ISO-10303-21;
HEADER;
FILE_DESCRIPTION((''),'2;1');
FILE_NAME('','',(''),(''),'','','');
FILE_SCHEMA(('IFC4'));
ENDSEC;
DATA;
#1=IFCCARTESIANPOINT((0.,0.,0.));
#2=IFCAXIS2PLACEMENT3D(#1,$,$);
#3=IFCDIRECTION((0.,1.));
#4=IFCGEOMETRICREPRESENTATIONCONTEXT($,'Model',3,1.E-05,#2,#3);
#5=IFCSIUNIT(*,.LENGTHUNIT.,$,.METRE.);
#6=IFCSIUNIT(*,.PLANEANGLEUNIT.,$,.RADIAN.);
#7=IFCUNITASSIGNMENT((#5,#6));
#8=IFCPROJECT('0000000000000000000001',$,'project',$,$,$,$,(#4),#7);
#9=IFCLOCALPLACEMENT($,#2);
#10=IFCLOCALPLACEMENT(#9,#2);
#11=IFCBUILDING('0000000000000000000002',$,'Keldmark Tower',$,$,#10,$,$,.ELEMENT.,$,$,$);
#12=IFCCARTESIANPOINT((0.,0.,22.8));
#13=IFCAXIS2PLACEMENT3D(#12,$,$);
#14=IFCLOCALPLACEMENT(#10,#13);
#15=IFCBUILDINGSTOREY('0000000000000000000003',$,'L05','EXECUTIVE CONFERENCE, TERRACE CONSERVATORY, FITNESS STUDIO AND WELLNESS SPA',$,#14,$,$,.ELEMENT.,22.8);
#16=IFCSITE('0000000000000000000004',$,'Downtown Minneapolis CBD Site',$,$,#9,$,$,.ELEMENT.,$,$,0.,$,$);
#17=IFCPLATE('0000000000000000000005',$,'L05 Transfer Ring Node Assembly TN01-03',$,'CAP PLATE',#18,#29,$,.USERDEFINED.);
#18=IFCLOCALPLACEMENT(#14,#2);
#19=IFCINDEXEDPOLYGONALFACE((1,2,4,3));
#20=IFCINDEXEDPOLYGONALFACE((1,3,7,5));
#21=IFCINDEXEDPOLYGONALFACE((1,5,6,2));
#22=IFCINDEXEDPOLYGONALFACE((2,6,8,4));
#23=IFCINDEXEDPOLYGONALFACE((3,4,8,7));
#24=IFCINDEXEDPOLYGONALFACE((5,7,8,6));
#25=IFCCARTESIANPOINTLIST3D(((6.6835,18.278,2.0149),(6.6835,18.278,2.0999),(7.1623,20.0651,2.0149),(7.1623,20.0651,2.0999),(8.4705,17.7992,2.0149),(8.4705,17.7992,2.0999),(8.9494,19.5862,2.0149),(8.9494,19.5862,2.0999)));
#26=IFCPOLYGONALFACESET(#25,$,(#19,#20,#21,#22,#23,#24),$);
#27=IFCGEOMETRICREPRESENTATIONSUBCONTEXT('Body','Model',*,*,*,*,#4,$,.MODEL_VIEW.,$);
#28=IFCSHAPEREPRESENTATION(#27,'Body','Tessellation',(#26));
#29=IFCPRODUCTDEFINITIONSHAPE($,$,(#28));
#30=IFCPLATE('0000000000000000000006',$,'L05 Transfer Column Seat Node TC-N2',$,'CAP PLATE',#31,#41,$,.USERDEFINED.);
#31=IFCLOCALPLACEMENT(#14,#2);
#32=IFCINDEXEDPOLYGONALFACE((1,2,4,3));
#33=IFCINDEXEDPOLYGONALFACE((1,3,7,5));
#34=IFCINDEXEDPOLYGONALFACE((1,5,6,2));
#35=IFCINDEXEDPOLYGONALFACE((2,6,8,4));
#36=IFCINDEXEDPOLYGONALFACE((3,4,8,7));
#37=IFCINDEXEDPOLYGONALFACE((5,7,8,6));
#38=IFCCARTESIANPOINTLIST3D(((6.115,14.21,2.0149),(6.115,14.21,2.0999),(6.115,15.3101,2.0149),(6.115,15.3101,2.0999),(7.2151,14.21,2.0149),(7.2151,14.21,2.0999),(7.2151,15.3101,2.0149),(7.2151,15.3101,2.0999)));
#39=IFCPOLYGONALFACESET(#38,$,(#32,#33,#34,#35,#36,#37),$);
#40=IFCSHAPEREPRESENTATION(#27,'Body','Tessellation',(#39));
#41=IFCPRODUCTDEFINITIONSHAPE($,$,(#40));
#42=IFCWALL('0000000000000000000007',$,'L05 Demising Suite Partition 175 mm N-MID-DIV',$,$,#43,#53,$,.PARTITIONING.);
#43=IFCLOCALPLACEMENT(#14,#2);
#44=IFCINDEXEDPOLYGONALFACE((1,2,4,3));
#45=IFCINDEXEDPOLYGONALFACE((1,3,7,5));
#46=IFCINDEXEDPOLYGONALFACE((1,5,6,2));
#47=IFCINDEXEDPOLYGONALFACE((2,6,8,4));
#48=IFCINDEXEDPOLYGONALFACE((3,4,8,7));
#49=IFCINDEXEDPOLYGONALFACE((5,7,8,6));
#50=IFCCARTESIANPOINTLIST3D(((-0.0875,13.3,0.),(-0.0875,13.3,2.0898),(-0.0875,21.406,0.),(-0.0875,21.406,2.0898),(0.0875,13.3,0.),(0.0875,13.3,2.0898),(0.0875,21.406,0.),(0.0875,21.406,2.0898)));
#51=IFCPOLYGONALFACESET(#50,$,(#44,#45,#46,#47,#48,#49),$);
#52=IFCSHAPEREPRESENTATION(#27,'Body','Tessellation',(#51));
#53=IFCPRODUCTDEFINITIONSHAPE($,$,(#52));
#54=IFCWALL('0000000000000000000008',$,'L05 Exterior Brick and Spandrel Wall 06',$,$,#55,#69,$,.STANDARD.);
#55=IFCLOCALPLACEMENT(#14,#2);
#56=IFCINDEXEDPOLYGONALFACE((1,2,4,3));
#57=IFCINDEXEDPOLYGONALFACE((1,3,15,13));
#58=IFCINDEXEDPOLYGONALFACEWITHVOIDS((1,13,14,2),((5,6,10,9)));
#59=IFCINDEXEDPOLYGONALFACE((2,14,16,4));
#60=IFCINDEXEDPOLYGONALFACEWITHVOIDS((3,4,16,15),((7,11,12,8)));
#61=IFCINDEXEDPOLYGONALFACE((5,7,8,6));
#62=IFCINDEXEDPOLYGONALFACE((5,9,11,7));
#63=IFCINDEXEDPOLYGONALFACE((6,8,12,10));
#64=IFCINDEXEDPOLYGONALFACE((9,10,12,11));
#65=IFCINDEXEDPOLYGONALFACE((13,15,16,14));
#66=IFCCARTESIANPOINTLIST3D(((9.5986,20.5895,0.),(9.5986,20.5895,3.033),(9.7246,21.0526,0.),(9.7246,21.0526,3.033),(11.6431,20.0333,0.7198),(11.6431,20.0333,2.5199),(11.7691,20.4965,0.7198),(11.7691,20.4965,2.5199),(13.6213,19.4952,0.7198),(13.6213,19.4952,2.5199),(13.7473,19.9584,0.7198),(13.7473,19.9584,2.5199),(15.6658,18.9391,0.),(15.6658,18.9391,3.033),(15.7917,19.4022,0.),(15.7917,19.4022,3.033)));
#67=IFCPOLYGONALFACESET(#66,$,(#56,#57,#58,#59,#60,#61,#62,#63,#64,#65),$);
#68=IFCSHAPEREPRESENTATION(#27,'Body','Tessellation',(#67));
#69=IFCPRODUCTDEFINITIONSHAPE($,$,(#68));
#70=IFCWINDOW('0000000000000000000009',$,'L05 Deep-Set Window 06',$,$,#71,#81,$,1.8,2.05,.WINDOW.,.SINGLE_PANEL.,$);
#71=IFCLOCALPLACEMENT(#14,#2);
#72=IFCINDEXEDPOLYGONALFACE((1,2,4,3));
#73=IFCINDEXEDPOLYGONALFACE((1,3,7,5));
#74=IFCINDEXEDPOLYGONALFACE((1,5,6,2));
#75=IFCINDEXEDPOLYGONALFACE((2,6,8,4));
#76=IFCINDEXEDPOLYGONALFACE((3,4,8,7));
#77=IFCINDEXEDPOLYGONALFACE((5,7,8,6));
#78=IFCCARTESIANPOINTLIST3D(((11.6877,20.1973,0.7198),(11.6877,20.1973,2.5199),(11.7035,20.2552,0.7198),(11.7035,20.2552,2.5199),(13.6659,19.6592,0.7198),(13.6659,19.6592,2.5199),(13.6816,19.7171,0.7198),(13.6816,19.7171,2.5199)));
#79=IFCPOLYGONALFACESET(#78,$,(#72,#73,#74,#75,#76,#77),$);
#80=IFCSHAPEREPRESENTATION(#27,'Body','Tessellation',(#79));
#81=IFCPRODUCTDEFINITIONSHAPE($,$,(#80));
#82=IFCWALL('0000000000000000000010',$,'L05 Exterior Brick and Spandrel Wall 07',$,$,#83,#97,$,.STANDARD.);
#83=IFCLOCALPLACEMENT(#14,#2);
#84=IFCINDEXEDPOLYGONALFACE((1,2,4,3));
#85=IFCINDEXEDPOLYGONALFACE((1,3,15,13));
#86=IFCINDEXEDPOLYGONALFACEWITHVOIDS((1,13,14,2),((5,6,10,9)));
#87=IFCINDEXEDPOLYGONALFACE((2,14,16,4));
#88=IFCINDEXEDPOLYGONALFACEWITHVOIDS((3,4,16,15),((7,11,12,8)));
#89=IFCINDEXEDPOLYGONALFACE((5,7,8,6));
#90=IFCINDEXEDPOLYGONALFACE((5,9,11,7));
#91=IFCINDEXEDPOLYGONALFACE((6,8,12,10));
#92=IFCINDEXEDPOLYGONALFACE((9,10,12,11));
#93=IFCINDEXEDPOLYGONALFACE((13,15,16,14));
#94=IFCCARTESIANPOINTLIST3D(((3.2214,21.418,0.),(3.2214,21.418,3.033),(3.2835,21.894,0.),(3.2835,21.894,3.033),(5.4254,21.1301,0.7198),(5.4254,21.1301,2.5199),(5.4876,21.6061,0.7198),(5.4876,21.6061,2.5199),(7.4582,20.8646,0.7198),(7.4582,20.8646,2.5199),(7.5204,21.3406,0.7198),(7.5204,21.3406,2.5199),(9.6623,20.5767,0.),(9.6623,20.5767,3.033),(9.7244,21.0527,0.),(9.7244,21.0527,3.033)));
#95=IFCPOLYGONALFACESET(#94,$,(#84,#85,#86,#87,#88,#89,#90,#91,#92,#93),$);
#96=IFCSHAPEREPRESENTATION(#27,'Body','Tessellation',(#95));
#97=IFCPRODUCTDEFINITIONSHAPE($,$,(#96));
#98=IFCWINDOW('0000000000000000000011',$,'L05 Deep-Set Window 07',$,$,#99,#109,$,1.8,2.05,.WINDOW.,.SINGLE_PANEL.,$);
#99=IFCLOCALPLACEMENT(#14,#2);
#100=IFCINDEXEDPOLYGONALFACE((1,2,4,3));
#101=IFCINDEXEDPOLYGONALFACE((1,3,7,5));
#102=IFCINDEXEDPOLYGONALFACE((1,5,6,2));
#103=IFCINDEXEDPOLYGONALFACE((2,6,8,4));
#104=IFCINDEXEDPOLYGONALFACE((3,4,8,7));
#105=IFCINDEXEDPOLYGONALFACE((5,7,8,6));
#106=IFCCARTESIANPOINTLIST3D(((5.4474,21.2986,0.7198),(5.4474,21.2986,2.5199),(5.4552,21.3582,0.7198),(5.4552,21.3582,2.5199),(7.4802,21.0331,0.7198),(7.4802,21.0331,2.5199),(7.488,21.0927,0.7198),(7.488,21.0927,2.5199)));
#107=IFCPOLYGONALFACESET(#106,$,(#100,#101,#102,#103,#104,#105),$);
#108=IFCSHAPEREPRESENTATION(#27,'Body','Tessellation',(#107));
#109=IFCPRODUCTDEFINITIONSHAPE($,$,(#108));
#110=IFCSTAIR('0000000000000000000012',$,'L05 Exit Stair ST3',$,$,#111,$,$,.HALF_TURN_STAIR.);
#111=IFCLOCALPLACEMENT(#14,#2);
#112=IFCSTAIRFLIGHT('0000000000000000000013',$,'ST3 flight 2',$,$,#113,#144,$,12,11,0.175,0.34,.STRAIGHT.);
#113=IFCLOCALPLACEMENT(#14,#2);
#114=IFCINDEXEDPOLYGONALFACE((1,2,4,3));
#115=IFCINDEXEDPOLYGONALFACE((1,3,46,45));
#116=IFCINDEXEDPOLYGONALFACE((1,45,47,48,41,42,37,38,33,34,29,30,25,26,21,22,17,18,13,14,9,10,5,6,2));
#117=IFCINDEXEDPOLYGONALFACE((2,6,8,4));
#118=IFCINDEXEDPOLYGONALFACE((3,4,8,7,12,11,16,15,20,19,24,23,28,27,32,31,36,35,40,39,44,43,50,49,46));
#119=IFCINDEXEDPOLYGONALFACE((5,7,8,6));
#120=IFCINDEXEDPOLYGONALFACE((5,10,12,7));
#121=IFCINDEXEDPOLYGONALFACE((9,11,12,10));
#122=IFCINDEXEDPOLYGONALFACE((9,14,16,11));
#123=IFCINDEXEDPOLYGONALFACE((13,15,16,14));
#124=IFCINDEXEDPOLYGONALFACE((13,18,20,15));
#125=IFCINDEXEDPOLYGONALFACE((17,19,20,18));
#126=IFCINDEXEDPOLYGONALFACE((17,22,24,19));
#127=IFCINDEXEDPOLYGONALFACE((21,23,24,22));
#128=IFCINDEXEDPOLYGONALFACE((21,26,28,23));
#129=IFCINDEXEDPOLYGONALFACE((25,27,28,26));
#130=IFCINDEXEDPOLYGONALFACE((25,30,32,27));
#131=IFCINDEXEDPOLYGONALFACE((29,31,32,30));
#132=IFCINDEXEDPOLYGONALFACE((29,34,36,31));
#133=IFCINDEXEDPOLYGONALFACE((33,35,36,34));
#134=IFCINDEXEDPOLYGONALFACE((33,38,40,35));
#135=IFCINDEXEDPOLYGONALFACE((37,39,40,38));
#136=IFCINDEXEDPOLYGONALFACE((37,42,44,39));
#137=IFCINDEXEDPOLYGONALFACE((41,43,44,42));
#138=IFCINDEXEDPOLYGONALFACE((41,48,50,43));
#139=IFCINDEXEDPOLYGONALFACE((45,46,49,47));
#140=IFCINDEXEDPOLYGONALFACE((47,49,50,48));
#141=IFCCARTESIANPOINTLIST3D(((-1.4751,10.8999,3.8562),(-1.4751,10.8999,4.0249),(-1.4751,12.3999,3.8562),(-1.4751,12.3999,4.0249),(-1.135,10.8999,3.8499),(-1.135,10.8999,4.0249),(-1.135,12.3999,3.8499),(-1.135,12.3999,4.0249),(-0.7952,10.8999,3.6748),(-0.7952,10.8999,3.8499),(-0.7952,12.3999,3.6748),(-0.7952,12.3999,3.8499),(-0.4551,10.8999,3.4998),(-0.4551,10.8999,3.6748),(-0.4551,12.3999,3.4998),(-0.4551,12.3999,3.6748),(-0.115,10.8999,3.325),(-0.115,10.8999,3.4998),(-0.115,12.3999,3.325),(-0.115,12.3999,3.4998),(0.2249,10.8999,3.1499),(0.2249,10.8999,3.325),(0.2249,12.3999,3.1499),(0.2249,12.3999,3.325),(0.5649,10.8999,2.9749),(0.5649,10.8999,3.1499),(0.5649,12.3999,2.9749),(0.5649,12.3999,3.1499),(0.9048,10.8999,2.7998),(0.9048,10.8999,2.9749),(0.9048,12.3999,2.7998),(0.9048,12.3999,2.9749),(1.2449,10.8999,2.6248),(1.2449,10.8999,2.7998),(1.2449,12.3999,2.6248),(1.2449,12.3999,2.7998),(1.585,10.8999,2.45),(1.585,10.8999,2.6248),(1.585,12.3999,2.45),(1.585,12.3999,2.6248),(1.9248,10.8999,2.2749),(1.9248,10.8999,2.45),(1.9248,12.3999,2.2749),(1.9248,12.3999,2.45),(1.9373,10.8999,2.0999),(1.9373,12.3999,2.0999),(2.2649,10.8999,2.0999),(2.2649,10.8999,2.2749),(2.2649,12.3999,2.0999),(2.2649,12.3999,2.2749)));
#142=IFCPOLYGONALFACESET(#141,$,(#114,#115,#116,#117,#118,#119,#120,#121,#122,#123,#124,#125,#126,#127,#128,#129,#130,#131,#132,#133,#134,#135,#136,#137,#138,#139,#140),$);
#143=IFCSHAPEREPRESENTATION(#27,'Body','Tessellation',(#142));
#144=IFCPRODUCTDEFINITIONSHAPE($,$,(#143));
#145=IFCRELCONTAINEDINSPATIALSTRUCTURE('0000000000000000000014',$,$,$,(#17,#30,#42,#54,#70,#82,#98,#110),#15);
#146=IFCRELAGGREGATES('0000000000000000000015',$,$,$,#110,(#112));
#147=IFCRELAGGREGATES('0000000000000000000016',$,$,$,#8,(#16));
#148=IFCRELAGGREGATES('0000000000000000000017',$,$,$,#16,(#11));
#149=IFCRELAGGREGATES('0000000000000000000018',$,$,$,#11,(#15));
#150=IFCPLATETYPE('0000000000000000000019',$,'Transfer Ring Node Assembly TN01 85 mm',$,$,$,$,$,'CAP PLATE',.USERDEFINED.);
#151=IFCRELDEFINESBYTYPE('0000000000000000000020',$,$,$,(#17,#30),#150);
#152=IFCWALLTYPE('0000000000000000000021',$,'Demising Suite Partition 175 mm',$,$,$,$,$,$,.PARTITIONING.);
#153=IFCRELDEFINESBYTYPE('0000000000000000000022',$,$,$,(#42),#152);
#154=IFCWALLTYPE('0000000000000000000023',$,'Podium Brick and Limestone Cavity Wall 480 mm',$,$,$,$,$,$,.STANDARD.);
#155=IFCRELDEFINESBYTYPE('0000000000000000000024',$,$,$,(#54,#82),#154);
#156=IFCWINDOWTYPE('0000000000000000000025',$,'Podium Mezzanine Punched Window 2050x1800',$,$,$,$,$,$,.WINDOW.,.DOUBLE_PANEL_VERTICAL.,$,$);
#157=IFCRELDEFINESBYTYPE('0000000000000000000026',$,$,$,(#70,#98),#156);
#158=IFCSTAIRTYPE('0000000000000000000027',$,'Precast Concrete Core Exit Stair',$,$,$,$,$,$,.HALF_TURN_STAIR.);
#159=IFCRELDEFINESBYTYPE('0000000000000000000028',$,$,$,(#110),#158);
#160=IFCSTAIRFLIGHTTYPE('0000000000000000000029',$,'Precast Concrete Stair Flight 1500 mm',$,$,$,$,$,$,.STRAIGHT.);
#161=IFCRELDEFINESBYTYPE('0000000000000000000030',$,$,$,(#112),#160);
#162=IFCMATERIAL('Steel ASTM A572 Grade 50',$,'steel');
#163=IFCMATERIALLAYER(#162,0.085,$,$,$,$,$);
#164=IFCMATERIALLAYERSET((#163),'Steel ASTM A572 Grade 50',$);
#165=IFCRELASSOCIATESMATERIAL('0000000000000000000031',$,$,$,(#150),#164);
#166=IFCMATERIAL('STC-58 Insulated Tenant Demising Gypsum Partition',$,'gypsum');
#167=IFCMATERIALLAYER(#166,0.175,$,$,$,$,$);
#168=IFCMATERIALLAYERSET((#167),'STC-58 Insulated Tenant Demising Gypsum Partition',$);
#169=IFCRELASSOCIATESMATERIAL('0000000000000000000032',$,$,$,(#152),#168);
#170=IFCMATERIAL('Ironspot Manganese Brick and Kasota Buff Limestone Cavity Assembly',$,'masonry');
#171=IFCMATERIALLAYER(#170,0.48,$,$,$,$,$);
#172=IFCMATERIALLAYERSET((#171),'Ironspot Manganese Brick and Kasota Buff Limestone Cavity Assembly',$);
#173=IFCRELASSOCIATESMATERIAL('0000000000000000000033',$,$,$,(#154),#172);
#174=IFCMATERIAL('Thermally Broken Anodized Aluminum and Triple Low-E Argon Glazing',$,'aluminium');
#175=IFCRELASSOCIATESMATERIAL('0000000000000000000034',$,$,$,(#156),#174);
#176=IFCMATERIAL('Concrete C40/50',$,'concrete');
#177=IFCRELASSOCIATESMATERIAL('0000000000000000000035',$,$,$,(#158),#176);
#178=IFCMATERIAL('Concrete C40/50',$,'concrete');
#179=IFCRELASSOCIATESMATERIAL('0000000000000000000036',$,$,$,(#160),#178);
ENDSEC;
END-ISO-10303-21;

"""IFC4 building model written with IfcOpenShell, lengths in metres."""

from ifc_helpers import new_model, si_unit, direction, frame, frame_2d, origin, origin_2d, place, context, subcontext, project, spatial, polyline, rectangle, outline, extrude, material, layer, layer_set, type_object, element, fill, aggregate, save


model = new_model("IFC4")

# Units and contexts
model_context = context("Model", 3, precision=1e-05, world=origin(), true_north=direction((0.0, 1.0)))
body_context = subcontext(model_context, "Body", "Model", "MODEL_VIEW")
ifc_project = project(units=[si_unit("LENGTHUNIT", "METRE"), si_unit("PLANEANGLEUNIT", "RADIAN")], contexts=[model_context])

# Site, building, storey
site_placement = place(None, origin())
site = spatial("IfcSite", under=ifc_project, at=site_placement, Name="Downtown Minneapolis CBD Site", CompositionType="ELEMENT", RefElevation=0.0)
building_placement = place(site_placement, origin())
building = spatial("IfcBuilding", under=site, at=building_placement, Name="Keldmark Tower", CompositionType="ELEMENT")
storey_placement = place(building_placement, frame((0.0, 0.0, 22.8)))
storey = spatial("IfcBuildingStorey", under=building, at=storey_placement, Name="L05", Description="EXECUTIVE CONFERENCE, TERRACE CONSERVATORY, FITNESS STUDIO AND WELLNESS SPA", CompositionType="ELEMENT", Elevation=22.8)

# Plates
ifc_material_1 = material(Name="Steel ASTM A572 Grade 50", Category="steel")
ifc_layer_1 = layer(ifc_material_1, 0.085)
ifc_layer_set_1 = layer_set([ifc_layer_1], Name="Steel ASTM A572 Grade 50")
plate_type_1 = type_object("IfcPlateType", Name="Transfer Ring Node Assembly TN01 85 mm", ElementType="CAP PLATE", PredefinedType="USERDEFINED", material=ifc_layer_set_1)
plate_1_placement = place(storey_placement, frame((7.8164, 18.9321, 2.0149), z_axis=(0.0, 0.0, 1.0), x_axis=(0.258819, 0.965926, 0.0)))
element("IfcPlate", 1, at=plate_1_placement, inside=storey, type_object=plate_type_1, Name="L05 Transfer Ring Node Assembly TN01-03", ObjectType="CAP PLATE", PredefinedType="USERDEFINED", context=body_context, shape_type="SweptSolid", body=[
    extrude(rectangle(XDim=1.8501, YDim=1.8501, at=origin_2d()), origin(), (0.0, 0.0, 1.0), 0.085),
])
plate_2_placement = place(storey_placement, frame((6.665, 14.76, 2.0149), z_axis=(0.0, 0.0, 1.0), x_axis=(1.0, 0.0, 0.0)))
element("IfcPlate", 2, at=plate_2_placement, inside=storey, type_object=plate_type_1, Name="L05 Transfer Column Seat Node TC-N2", ObjectType="CAP PLATE", PredefinedType="USERDEFINED", context=body_context, shape_type="SweptSolid", body=[
    extrude(rectangle(XDim=1.1001, YDim=1.1001, at=origin_2d()), origin(), (0.0, 0.0, 1.0), 0.085),
])

# Wall
ifc_material_2 = material(Name="STC-58 Insulated Tenant Demising Gypsum Partition", Category="gypsum")
ifc_layer_2 = layer(ifc_material_2, 0.175)
ifc_layer_set_2 = layer_set([ifc_layer_2], Name="STC-58 Insulated Tenant Demising Gypsum Partition")
wall_type_1 = type_object("IfcWallType", Name="Demising Suite Partition 175 mm", PredefinedType="PARTITIONING", material=ifc_layer_set_2)
wall_1_placement = place(storey_placement, frame((0.0, 13.3, 0.0), z_axis=(0.0, 0.0, 1.0), x_axis=(0.0, 1.0, 0.0)))
element("IfcWall", 3, at=wall_1_placement, inside=storey, type_object=wall_type_1, Name="L05 Demising Suite Partition 175 mm N-MID-DIV", PredefinedType="PARTITIONING", context=body_context, shape_type="SweptSolid", body=[
    extrude(rectangle(XDim=8.106, YDim=0.175, at=frame_2d((4.053, 0.0))), origin(), (0.0, 0.0, 1.0), 2.0898),
])

# Walls, openings, windows
ifc_material_3 = material(Name="Ironspot Manganese Brick and Kasota Buff Limestone Cavity Assembly", Category="masonry")
ifc_layer_3 = layer(ifc_material_3, 0.48)
ifc_layer_set_3 = layer_set([ifc_layer_3], Name="Ironspot Manganese Brick and Kasota Buff Limestone Cavity Assembly")
wall_type_2 = type_object("IfcWallType", Name="Podium Brick and Limestone Cavity Wall 480 mm", PredefinedType="STANDARD", material=ifc_layer_set_3)
wall_2_placement = place(storey_placement, frame((9.6616, 20.821, 0.0), z_axis=(0.0, 0.0, 1.0), x_axis=(0.964937, -0.262483, 0.0)))
wall_2 = element("IfcWall", 4, at=wall_2_placement, inside=storey, type_object=wall_type_2, Name="L05 Exterior Brick and Spandrel Wall 06", PredefinedType="STANDARD", context=body_context, shape_type="SweptSolid", body=[
    extrude(rectangle(XDim=6.2876, YDim=0.48, at=frame_2d((3.1438, 0.0))), origin(), (0.0, 0.0, 1.0), 3.033),
])
opening_1_placement = place(wall_2_placement, frame((2.1189, 0.0, 0.72)))
opening_1 = element("IfcOpeningElement", 5, at=opening_1_placement, cuts=wall_2, PredefinedType="OPENING", context=body_context, shape_type="SweptSolid", body=[
    extrude(rectangle(XDim=2.05, YDim=1.8, at=frame_2d((1.0249, 0.8999))), frame((0.0, 0.25, 0.0), z_axis=(0.0, -1.0, 0.0), x_axis=(1.0, 0.0, 0.0)), (0.0, 0.0, 1.0), 0.5),
])
ifc_material_4 = material(Name="Thermally Broken Anodized Aluminum and Triple Low-E Argon Glazing", Category="aluminium")
window_type = type_object("IfcWindowType", Name="Podium Mezzanine Punched Window 2050x1800", PartitioningType="DOUBLE_PANEL_VERTICAL", PredefinedType="WINDOW", material=ifc_material_4)
window_1_placement = place(opening_1_placement, origin())
window_1 = element("IfcWindow", 6, at=window_1_placement, inside=storey, type_object=window_type, Name="L05 Deep-Set Window 06", OverallHeight=1.8, OverallWidth=2.05, PartitioningType="SINGLE_PANEL", PredefinedType="WINDOW", context=body_context, shape_type="SweptSolid", body=[
    extrude(rectangle(XDim=2.05, YDim=1.8, at=frame_2d((1.0249, 0.8999))), frame((0.0, -0.01, 0.0), z_axis=(0.0, -1.0, 0.0), x_axis=(1.0, 0.0, 0.0)), (0.0, 0.0, 1.0), 0.0601),
])
fill(opening_1, window_1)
wall_3_placement = place(storey_placement, frame((3.2524, 21.656, 0.0), z_axis=(0.0, 0.0, 1.0), x_axis=(0.991577, -0.129519, 0.0)))
wall_3 = element("IfcWall", 7, at=wall_3_placement, inside=storey, type_object=wall_type_2, Name="L05 Exterior Brick and Spandrel Wall 07", PredefinedType="STANDARD", context=body_context, shape_type="SweptSolid", body=[
    extrude(rectangle(XDim=6.4956, YDim=0.48, at=frame_2d((3.2478, 0.0))), origin(), (0.0, 0.0, 1.0), 3.033),
])
opening_2_placement = place(wall_3_placement, frame((2.2229, 0.0, 0.72)))
opening_2 = element("IfcOpeningElement", 8, at=opening_2_placement, cuts=wall_3, PredefinedType="OPENING", context=body_context, shape_type="SweptSolid", body=[
    extrude(rectangle(XDim=2.05, YDim=1.8, at=frame_2d((1.0249, 0.8999))), frame((0.0, 0.25, 0.0), z_axis=(0.0, -1.0, 0.0), x_axis=(1.0, 0.0, 0.0)), (0.0, 0.0, 1.0), 0.5),
])
window_2_placement = place(opening_2_placement, origin())
window_2 = element("IfcWindow", 9, at=window_2_placement, inside=storey, type_object=window_type, Name="L05 Deep-Set Window 07", OverallHeight=1.8, OverallWidth=2.05, PartitioningType="SINGLE_PANEL", PredefinedType="WINDOW", context=body_context, shape_type="SweptSolid", body=[
    extrude(rectangle(XDim=2.05, YDim=1.8, at=frame_2d((1.0249, 0.8999))), frame((0.0, -0.01, 0.0), z_axis=(0.0, -1.0, 0.0), x_axis=(1.0, 0.0, 0.0)), (0.0, 0.0, 1.0), 0.0601),
])
fill(opening_2, window_2)

# Stair, stair flight
ifc_material_5 = material(Name="Concrete C40/50", Category="concrete")
stair_type = type_object("IfcStairType", Name="Precast Concrete Core Exit Stair", PredefinedType="HALF_TURN_STAIR", material=ifc_material_5)
stair_placement = place(storey_placement, origin())
stair = element("IfcStair", 10, at=stair_placement, inside=storey, type_object=stair_type, Name="L05 Exit Stair ST3", PredefinedType="HALF_TURN_STAIR")
ifc_material_6 = material(Name="Concrete C40/50", Category="concrete")
stair_flight_type = type_object("IfcStairFlightType", Name="Precast Concrete Stair Flight 1500 mm", PredefinedType="STRAIGHT", material=ifc_material_6)
stair_flight_placement = place(storey_placement, frame((2.2649, 11.6499, 2.0999), z_axis=(0.0, 0.0, 1.0), x_axis=(-1.0, 0.0, 0.0)))
stair_flight = element("IfcStairFlight", 11, at=stair_flight_placement, type_object=stair_flight_type, Name="ST3 flight 2", NumberOfRisers=12, NumberOfTreads=11, PredefinedType="STRAIGHT", RiserHeight=0.175, TreadLength=0.34, context=body_context, shape_type="SweptSolid", body=[
    extrude(outline(polyline([(0.0, 0.0), (0.0, 0.175), (0.3401, 0.175), (0.3401, 0.3501), (0.6799, 0.3501), (0.6799, 0.5249), (1.02, 0.5249), (1.02, 0.7), (1.3601, 0.7), (1.3601, 0.875), (1.7, 0.875), (1.7, 1.05), (2.04, 1.05), (2.04, 1.2251), (2.3799, 1.2251), (2.3799, 1.3999), (2.72, 1.3999), (2.72, 1.575), (3.0601, 1.575), (3.0601, 1.75), (3.3999, 1.75), (3.3999, 1.925), (3.74, 1.925), (3.74, 2.1001), (3.74, 1.7563), (0.3276, 0.0), (0.0, 0.0)])), frame((0.0, 0.75, 0.0), z_axis=(0.0, -1.0, 0.0), x_axis=(1.0, 0.0, 0.0)), (0.0, 0.0, 1.0), 1.5),
])
aggregate(stair, [stair_flight])

save(model, "model.ifc")
